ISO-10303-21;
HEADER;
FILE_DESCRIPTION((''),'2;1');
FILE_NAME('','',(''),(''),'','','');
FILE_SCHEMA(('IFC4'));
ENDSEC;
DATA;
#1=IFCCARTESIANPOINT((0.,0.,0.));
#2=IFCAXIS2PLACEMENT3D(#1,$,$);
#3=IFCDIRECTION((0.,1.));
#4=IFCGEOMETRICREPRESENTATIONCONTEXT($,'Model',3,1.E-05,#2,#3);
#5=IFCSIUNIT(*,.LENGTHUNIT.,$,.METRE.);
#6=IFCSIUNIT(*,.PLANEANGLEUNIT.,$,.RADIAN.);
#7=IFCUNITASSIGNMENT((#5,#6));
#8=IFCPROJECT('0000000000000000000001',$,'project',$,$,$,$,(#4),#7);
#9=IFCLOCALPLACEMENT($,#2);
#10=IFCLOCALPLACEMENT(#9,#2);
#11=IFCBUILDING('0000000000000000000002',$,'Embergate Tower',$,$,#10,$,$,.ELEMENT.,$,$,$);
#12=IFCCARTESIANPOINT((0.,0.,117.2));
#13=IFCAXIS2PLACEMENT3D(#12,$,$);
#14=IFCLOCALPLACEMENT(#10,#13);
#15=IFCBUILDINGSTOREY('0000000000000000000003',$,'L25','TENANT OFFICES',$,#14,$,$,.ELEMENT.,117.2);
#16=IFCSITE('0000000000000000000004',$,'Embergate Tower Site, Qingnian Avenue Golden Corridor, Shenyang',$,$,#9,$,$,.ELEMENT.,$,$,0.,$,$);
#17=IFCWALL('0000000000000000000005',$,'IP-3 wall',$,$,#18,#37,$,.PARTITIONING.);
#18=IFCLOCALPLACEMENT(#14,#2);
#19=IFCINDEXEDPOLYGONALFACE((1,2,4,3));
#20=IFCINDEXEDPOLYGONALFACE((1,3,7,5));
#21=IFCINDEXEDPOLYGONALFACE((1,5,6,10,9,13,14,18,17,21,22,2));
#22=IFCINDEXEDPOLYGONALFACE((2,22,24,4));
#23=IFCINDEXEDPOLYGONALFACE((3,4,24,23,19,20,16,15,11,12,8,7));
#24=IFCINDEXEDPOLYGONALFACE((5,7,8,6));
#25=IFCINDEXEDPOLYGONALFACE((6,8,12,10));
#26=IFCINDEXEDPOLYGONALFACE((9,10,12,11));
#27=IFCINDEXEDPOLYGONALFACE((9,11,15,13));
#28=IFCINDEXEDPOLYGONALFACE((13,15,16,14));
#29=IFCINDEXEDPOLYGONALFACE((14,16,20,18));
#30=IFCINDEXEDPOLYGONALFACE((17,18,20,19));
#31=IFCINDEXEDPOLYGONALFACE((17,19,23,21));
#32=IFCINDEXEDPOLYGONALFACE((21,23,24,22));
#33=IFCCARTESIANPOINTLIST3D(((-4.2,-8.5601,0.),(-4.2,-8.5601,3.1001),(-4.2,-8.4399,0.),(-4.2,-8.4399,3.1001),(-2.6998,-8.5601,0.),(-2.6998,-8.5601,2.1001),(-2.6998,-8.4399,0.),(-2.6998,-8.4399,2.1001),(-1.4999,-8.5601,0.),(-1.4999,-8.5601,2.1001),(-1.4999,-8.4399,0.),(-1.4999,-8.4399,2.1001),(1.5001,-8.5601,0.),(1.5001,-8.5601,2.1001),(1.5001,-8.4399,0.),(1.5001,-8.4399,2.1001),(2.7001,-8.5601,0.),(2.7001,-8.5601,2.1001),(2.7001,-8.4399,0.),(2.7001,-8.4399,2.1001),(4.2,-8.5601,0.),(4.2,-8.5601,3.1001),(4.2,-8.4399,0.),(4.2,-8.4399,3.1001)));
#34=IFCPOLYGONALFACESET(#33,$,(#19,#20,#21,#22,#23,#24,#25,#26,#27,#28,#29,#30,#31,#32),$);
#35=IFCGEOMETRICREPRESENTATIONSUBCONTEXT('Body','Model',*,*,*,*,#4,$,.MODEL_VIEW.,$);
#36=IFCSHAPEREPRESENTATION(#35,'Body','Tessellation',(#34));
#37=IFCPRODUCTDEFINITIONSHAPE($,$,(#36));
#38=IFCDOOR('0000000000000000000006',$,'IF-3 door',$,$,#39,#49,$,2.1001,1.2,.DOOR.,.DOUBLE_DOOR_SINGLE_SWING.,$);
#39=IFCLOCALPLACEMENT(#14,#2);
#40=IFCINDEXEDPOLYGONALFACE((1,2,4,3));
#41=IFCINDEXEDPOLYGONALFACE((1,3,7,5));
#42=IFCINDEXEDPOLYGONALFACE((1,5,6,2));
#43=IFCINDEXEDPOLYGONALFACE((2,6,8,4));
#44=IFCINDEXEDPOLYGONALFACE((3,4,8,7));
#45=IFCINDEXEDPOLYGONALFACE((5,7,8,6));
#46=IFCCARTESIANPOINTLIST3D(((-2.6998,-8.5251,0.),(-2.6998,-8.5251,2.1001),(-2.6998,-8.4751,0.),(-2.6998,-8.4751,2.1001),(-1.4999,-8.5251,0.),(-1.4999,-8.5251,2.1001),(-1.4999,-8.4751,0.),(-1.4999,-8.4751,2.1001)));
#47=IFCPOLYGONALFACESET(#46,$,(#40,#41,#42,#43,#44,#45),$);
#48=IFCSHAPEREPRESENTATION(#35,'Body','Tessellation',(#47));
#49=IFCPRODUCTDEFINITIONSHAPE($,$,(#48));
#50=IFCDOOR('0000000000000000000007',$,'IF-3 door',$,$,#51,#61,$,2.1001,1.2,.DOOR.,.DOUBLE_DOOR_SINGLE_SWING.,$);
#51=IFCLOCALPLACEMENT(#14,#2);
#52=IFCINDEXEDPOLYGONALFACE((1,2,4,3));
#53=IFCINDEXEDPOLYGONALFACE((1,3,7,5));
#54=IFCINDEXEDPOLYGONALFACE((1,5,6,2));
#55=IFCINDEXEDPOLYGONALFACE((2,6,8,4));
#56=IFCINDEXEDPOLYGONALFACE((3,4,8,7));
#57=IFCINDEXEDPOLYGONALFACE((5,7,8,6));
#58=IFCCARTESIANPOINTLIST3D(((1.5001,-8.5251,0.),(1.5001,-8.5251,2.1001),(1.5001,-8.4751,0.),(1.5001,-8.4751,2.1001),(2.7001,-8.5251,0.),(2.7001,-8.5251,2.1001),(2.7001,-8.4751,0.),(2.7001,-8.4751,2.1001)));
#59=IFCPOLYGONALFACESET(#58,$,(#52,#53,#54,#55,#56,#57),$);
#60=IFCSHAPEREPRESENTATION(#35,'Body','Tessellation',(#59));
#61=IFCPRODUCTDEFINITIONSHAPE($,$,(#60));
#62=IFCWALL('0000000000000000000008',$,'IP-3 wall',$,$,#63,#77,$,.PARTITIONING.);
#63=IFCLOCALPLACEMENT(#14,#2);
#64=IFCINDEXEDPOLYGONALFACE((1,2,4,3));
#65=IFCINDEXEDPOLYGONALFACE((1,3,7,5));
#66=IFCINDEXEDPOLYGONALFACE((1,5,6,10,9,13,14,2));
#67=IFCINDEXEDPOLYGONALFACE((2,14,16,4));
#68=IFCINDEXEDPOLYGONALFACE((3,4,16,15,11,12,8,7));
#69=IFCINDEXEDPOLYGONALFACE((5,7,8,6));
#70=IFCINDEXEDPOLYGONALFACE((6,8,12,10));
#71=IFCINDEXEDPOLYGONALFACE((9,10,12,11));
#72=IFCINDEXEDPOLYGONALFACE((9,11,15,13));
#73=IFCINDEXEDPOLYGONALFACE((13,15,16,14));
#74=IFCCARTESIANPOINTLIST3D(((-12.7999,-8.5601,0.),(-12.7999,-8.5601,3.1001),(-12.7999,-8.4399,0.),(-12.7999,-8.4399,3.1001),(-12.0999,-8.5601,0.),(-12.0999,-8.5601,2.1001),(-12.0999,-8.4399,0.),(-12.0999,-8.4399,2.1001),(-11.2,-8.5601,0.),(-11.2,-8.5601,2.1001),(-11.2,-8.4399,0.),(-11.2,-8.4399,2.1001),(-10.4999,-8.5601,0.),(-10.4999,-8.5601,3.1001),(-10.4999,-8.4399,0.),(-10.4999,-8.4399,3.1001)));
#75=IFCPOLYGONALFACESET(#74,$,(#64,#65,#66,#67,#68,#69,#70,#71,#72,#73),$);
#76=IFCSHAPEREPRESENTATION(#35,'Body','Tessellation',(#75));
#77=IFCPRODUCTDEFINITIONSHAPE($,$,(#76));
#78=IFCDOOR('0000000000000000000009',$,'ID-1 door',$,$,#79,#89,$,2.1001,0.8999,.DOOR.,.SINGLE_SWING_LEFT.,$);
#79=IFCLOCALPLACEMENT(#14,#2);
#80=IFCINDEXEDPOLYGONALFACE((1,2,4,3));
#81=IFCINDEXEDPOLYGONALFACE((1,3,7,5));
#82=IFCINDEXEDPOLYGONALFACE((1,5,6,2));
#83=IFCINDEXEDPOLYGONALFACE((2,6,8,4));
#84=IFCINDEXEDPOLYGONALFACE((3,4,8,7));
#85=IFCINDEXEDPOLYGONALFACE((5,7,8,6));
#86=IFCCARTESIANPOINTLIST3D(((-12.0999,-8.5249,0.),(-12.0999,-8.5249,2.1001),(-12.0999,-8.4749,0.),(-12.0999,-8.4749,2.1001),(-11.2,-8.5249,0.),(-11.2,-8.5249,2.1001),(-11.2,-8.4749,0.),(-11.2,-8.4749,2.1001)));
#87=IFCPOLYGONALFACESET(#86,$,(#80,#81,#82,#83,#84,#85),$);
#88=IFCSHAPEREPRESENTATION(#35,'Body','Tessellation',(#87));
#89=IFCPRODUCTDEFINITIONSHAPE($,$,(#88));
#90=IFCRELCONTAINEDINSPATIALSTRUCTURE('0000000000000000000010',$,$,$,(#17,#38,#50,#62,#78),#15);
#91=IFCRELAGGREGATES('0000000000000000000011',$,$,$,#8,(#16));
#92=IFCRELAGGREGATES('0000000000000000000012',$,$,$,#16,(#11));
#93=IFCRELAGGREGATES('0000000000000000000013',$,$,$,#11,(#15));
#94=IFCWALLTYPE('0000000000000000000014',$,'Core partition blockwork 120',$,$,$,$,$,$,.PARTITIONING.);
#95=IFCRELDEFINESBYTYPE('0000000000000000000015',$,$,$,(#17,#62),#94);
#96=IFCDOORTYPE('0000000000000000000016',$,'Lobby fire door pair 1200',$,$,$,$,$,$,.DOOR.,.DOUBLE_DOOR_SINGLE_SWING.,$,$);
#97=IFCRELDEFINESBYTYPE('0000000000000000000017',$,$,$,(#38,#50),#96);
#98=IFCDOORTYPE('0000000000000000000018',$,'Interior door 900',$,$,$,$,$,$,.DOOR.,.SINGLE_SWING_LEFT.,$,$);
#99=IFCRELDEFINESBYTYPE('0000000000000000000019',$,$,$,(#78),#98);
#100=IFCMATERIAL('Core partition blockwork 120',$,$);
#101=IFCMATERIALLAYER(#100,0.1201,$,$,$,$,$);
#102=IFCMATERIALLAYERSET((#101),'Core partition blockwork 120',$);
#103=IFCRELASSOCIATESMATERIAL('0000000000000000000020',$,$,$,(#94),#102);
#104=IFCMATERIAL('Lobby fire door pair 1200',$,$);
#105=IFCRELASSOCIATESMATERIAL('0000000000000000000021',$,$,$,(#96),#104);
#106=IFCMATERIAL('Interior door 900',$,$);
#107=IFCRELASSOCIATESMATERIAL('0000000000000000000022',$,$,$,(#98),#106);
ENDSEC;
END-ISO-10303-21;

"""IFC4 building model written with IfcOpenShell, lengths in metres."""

from ifc_helpers import new_model, si_unit, direction, frame, frame_2d, origin, place, context, subcontext, project, spatial, rectangle, extrude, source, transform, mapped, material, layer, layer_set, type_object, element, fill, save


model = new_model("IFC4")

# Units and contexts
model_context = context("Model", 3, precision=1e-05, world=origin(), true_north=direction((0.0, 1.0)))
body_context = subcontext(model_context, "Body", "Model", "MODEL_VIEW")
ifc_project = project(units=[si_unit("LENGTHUNIT", "METRE"), si_unit("PLANEANGLEUNIT", "RADIAN")], contexts=[model_context])

# Site, building, storey
site_placement = place(None, origin())
site = spatial("IfcSite", under=ifc_project, at=site_placement, Name="Embergate Tower Site, Qingnian Avenue Golden Corridor, Shenyang", CompositionType="ELEMENT", RefElevation=0.0)
building_placement = place(site_placement, origin())
building = spatial("IfcBuilding", under=site, at=building_placement, Name="Embergate Tower", CompositionType="ELEMENT")
storey_placement = place(building_placement, frame((0.0, 0.0, 117.2)))
storey = spatial("IfcBuildingStorey", under=building, at=storey_placement, Name="L25", Description="TENANT OFFICES", CompositionType="ELEMENT", Elevation=117.2)

# Shared definitions
shared_shape_1 = source(origin(), body_context, "Body", "SweptSolid", [
    extrude(rectangle(XDim=1.2, YDim=2.1001, at=frame_2d((0.6001, 1.05))), frame((0.0, 0.0249, 0.0), z_axis=(0.0, -1.0, 0.0), x_axis=(1.0, 0.0, 0.0)), (0.0, 0.0, 1.0), 0.05),
])

# Wall, openings, doors
ifc_material_1 = material(Name="Core partition blockwork 120")
ifc_layer_1 = layer(ifc_material_1, 0.1201)
ifc_layer_set_1 = layer_set([ifc_layer_1], Name="Core partition blockwork 120")
wall_type_1 = type_object("IfcWallType", Name="Core partition blockwork 120", PredefinedType="PARTITIONING", material=ifc_layer_set_1)
shared_shape_2 = source(origin(), body_context, "Body", "SweptSolid", [
    extrude(rectangle(XDim=8.3999, YDim=0.1201, at=frame_2d((4.2, 0.0))), origin(), (0.0, 0.0, 1.0), 3.1001),
])
wall_1_placement = place(storey_placement, frame((-4.2, -8.5, 0.0), z_axis=(0.0, 0.0, 1.0), x_axis=(1.0, 0.0, 0.0)))
wall_1 = element("IfcWall", 1, at=wall_1_placement, inside=storey, type_object=wall_type_1, Name="IP-3 wall", PredefinedType="PARTITIONING", context=body_context, shape_type="MappedRepresentation", body=[
    mapped(shared_shape_2, transform((0.0, 0.0, 0.0))),
])
shared_shape_3 = source(origin(), body_context, "Body", "SweptSolid", [
    extrude(rectangle(XDim=1.2, YDim=2.1001, at=frame_2d((0.6001, 1.05))), frame((0.0, 0.0701, 0.0), z_axis=(0.0, -1.0, 0.0), x_axis=(1.0, 0.0, 0.0)), (0.0, 0.0, 1.0), 0.1401),
])
opening_1_placement = place(wall_1_placement, frame((1.5, 0.0, 0.0)))
opening_1 = element("IfcOpeningElement", 2, at=opening_1_placement, cuts=wall_1, PredefinedType="OPENING", context=body_context, shape_type="MappedRepresentation", body=[
    mapped(shared_shape_3, transform((0.0, 0.0, 0.0))),
])
opening_2_placement = place(wall_1_placement, frame((5.7, 0.0, 0.0)))
opening_2 = element("IfcOpeningElement", 3, at=opening_2_placement, cuts=wall_1, PredefinedType="OPENING", context=body_context, shape_type="MappedRepresentation", body=[
    mapped(shared_shape_3, transform((0.0, 0.0, 0.0))),
])
ifc_material_2 = material(Name="Lobby fire door pair 1200")
door_type_1 = type_object("IfcDoorType", Name="Lobby fire door pair 1200", OperationType="DOUBLE_DOOR_SINGLE_SWING", PredefinedType="DOOR", material=ifc_material_2)
door_1_placement = place(opening_1_placement, origin())
door_1 = element("IfcDoor", 4, at=door_1_placement, inside=storey, type_object=door_type_1, Name="IF-3 door", OperationType="DOUBLE_DOOR_SINGLE_SWING", OverallHeight=2.1001, OverallWidth=1.2, PredefinedType="DOOR", context=body_context, shape_type="MappedRepresentation", body=[
    mapped(shared_shape_1, transform((0.0, 0.0, 0.0))),
])
fill(opening_1, door_1)
door_2_placement = place(opening_2_placement, origin())
door_2 = element("IfcDoor", 5, at=door_2_placement, inside=storey, type_object=door_type_1, Name="IF-3 door", OperationType="DOUBLE_DOOR_SINGLE_SWING", OverallHeight=2.1001, OverallWidth=1.2, PredefinedType="DOOR", context=body_context, shape_type="MappedRepresentation", body=[
    mapped(shared_shape_1, transform((0.0, 0.0, 0.0))),
])
fill(opening_2, door_2)

# Wall, opening, door
shared_shape_4 = source(origin(), body_context, "Body", "SweptSolid", [
    extrude(rectangle(XDim=2.3, YDim=0.1201, at=frame_2d((1.1499, 0.0))), origin(), (0.0, 0.0, 1.0), 3.1001),
])
wall_2_placement = place(storey_placement, frame((-10.5, -8.5, 0.0), z_axis=(0.0, 0.0, 1.0), x_axis=(-1.0, 0.0, 0.0)))
wall_2 = element("IfcWall", 6, at=wall_2_placement, inside=storey, type_object=wall_type_1, Name="IP-3 wall", PredefinedType="PARTITIONING", context=body_context, shape_type="MappedRepresentation", body=[
    mapped(shared_shape_4, transform((0.0, 0.0, 0.0))),
])
shared_shape_5 = source(origin(), body_context, "Body", "SweptSolid", [
    extrude(rectangle(XDim=0.8999, YDim=2.1001, at=frame_2d((0.45, 1.05))), frame((0.0, 0.0701, 0.0), z_axis=(0.0, -1.0, 0.0), x_axis=(1.0, 0.0, 0.0)), (0.0, 0.0, 1.0), 0.1401),
])
opening_3_placement = place(wall_2_placement, frame((0.7, 0.0, 0.0)))
opening_3 = element("IfcOpeningElement", 7, at=opening_3_placement, cuts=wall_2, PredefinedType="OPENING", context=body_context, shape_type="MappedRepresentation", body=[
    mapped(shared_shape_5, transform((0.0, 0.0, 0.0))),
])
ifc_material_3 = material(Name="Interior door 900")
door_type_2 = type_object("IfcDoorType", Name="Interior door 900", OperationType="SINGLE_SWING_LEFT", PredefinedType="DOOR", material=ifc_material_3)
shared_shape_6 = source(origin(), body_context, "Body", "SweptSolid", [
    extrude(rectangle(XDim=0.8999, YDim=2.1001, at=frame_2d((0.45, 1.05))), frame((0.0, 0.0249, 0.0), z_axis=(0.0, -1.0, 0.0), x_axis=(1.0, 0.0, 0.0)), (0.0, 0.0, 1.0), 0.05),
])
door_3_placement = place(opening_3_placement, origin())
door_3 = element("IfcDoor", 8, at=door_3_placement, inside=storey, type_object=door_type_2, Name="ID-1 door", OperationType="SINGLE_SWING_LEFT", OverallHeight=2.1001, OverallWidth=0.8999, PredefinedType="DOOR", context=body_context, shape_type="MappedRepresentation", body=[
    mapped(shared_shape_6, transform((0.0, 0.0, 0.0))),
])
fill(opening_3, door_3)

save(model, "model.ifc")
